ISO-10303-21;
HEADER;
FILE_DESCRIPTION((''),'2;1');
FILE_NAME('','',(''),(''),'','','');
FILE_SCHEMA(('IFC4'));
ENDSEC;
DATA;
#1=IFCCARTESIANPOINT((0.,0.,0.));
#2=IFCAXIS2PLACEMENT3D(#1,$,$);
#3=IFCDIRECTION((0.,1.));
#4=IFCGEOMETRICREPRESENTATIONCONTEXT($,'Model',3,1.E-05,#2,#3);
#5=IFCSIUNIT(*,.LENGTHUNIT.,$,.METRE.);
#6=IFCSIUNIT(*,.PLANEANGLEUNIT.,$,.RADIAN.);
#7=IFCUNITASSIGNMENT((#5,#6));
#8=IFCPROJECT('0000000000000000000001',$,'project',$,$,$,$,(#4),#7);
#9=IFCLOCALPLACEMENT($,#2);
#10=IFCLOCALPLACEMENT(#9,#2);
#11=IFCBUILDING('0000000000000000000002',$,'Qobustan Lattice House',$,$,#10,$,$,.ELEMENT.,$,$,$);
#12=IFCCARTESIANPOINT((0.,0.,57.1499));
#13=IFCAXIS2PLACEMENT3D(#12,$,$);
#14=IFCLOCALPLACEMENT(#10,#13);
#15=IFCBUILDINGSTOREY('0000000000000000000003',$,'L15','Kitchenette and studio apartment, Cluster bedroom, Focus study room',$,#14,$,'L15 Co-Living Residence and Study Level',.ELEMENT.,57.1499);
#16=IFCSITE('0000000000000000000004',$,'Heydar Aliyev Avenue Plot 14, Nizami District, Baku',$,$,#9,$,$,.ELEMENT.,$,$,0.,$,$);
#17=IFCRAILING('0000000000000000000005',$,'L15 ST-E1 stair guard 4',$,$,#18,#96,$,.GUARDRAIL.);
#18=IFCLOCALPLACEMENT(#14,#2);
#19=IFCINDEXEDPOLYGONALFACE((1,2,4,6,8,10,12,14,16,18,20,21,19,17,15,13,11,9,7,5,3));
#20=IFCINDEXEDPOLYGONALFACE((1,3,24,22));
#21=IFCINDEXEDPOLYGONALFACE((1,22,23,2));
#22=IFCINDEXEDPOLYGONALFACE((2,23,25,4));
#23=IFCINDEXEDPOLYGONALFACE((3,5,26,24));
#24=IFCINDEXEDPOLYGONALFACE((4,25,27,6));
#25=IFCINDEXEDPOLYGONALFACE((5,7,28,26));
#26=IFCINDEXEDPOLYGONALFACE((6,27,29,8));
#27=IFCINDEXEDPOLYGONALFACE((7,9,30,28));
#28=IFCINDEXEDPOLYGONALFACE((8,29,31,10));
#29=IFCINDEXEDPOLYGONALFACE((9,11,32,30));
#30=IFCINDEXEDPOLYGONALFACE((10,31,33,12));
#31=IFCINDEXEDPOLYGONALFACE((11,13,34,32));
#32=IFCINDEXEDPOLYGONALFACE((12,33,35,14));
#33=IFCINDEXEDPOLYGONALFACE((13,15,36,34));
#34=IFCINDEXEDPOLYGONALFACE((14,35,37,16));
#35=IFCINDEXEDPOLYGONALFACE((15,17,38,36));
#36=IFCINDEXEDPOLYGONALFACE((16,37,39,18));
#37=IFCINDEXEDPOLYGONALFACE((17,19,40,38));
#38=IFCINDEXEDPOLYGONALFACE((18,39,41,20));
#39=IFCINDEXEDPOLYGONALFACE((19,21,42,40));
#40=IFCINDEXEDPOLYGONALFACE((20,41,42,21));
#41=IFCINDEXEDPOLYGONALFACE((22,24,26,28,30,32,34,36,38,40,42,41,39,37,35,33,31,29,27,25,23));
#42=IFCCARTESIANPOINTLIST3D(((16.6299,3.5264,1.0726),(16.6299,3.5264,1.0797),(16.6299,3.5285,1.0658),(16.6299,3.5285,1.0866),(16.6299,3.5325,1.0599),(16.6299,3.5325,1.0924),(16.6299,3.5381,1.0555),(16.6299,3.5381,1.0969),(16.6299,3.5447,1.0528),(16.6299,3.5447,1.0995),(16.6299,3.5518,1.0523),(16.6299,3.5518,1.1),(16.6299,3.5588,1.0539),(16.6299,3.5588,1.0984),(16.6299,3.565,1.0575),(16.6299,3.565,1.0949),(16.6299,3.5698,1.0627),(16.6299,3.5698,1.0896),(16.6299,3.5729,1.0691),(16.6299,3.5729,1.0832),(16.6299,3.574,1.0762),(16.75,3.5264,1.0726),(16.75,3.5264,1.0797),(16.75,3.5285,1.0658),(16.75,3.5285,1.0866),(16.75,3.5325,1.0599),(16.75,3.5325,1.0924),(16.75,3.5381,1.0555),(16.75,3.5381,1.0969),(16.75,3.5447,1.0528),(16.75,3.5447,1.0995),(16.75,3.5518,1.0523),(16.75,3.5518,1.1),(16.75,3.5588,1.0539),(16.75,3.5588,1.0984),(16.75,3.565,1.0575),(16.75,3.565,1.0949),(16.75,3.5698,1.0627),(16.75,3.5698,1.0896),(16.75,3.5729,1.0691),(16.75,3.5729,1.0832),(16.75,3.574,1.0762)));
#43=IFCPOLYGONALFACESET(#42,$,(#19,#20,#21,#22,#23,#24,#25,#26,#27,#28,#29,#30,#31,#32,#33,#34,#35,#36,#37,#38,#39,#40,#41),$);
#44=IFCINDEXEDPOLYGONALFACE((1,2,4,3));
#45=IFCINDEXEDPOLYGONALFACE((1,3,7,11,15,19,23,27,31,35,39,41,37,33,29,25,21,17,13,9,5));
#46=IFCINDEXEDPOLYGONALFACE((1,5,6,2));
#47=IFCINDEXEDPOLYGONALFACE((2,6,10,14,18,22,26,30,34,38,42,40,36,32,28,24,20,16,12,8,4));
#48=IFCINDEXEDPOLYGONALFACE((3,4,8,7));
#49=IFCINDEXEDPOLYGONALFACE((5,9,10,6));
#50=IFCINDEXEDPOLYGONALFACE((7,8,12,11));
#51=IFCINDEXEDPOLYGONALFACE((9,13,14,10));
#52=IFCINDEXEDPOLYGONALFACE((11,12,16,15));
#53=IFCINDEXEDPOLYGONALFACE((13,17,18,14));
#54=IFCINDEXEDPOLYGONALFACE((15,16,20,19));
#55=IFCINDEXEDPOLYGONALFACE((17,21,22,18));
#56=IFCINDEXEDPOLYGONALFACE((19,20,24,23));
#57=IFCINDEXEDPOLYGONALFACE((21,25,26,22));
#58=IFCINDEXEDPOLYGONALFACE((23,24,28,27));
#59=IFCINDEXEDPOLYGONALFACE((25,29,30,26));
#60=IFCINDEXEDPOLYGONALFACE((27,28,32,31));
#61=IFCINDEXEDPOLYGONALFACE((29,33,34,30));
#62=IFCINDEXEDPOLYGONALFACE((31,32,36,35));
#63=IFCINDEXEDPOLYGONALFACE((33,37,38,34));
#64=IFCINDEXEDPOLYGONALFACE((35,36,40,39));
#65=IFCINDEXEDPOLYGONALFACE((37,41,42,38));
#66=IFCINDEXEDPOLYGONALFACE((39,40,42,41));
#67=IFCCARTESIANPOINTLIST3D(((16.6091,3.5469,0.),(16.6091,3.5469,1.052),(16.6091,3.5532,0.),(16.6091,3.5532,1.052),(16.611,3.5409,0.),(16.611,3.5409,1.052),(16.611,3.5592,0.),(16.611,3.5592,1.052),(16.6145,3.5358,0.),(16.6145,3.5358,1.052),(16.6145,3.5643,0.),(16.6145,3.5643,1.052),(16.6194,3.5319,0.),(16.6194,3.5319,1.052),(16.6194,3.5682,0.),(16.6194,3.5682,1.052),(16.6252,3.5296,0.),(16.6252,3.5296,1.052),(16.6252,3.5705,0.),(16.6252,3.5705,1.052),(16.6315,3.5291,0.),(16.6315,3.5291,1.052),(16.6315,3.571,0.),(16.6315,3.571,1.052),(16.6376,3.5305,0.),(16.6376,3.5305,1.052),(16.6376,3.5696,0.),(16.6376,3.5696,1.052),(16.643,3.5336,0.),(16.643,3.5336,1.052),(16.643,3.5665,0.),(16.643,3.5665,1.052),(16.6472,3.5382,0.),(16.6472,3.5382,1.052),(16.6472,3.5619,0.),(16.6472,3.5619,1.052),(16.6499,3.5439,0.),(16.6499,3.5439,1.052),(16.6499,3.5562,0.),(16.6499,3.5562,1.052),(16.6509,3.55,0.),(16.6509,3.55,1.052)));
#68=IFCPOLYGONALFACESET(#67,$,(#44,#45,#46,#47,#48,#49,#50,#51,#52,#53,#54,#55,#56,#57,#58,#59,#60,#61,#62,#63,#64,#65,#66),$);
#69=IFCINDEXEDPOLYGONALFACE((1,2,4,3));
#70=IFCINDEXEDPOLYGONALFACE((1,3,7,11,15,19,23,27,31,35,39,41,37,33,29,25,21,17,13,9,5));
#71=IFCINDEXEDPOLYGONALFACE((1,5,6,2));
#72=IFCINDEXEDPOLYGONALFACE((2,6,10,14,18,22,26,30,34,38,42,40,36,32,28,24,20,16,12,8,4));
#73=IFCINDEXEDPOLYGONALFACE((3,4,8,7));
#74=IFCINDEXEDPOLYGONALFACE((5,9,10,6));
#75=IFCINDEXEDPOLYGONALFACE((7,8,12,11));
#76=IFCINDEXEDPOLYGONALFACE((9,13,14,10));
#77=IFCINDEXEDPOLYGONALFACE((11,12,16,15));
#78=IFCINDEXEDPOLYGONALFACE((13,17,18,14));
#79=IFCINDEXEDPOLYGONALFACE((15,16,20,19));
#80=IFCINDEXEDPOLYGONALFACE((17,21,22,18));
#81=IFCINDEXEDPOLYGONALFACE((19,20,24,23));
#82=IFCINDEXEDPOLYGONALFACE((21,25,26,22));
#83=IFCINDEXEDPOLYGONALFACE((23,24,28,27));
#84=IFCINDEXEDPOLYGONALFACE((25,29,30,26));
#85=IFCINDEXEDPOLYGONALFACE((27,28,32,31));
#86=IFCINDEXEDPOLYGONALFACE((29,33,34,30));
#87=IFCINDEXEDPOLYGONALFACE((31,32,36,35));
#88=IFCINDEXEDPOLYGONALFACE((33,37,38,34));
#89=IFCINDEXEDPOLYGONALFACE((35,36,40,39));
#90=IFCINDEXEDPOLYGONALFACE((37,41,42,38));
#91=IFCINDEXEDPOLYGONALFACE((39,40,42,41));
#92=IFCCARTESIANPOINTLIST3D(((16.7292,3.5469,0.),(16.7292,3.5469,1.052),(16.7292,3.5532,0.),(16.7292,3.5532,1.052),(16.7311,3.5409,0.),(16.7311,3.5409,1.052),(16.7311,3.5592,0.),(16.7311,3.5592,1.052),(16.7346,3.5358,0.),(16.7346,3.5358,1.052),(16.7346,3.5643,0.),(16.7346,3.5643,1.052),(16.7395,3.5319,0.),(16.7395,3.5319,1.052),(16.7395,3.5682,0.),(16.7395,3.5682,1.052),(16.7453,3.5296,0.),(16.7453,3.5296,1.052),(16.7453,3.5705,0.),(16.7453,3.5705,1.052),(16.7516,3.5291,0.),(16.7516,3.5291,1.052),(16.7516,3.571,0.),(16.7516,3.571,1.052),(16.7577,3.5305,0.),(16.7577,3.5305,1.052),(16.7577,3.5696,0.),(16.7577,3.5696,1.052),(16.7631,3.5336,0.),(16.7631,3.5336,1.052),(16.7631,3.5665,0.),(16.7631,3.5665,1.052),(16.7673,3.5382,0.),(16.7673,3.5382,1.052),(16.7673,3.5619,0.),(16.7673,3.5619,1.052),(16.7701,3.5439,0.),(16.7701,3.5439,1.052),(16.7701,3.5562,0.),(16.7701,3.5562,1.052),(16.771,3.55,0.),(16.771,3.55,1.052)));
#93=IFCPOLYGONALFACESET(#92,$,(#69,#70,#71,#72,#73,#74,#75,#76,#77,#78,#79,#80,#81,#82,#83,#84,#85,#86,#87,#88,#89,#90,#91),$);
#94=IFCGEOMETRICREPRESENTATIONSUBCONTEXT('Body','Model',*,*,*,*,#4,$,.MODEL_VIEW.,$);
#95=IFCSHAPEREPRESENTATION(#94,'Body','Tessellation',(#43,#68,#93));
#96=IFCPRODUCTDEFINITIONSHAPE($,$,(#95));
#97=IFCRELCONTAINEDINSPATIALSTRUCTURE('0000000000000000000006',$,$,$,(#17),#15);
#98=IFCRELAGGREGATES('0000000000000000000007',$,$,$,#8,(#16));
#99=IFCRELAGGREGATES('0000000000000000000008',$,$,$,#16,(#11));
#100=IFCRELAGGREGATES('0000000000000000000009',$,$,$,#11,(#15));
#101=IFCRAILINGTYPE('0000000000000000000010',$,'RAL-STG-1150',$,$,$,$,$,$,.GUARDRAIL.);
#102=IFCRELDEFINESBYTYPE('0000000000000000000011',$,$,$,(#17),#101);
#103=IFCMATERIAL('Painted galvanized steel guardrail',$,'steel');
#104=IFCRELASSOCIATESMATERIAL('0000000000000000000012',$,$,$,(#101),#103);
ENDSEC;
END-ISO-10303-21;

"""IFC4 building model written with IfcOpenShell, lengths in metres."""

from ifc_helpers import new_model, si_unit, direction, frame, origin, origin_2d, place, context, subcontext, project, spatial, circle, extrude, material, type_object, element, save


model = new_model("IFC4")

# Units and contexts
model_context = context("Model", 3, precision=1e-05, world=origin(), true_north=direction((0.0, 1.0)))
body_context = subcontext(model_context, "Body", "Model", "MODEL_VIEW")
ifc_project = project(units=[si_unit("LENGTHUNIT", "METRE"), si_unit("PLANEANGLEUNIT", "RADIAN")], contexts=[model_context])

# Site, building, storey
site_placement = place(None, origin())
site = spatial("IfcSite", under=ifc_project, at=site_placement, Name="Heydar Aliyev Avenue Plot 14, Nizami District, Baku", CompositionType="ELEMENT", RefElevation=0.0)
building_placement = place(site_placement, origin())
building = spatial("IfcBuilding", under=site, at=building_placement, Name="Qobustan Lattice House", CompositionType="ELEMENT")
storey_placement = place(building_placement, frame((0.0, 0.0, 57.1499)))
storey = spatial("IfcBuildingStorey", under=building, at=storey_placement, Name="L15", Description="Kitchenette and studio apartment, Cluster bedroom, Focus study room", LongName="L15 Co-Living Residence and Study Level", CompositionType="ELEMENT", Elevation=57.1499)

# Railing
ifc_material_1 = material(Name="Painted galvanized steel guardrail", Category="steel")
railing_type_1 = type_object("IfcRailingType", Name="RAL-STG-1150", PredefinedType="GUARDRAIL", material=ifc_material_1)
railing_1_placement = place(storey_placement, frame((16.6299, 3.55, 0.0)))
element("IfcRailing", 1, at=railing_1_placement, inside=storey, type_object=railing_type_1, Name="L15 ST-E1 stair guard 4", PredefinedType="GUARDRAIL", context=body_context, shape_type="SweptSolid", body=[
    extrude(circle(Radius=0.0239, at=origin_2d()), frame((0.0, 0.0, 1.0762), z_axis=(1.0, 0.0, 0.0), x_axis=(0.0, 1.0, 0.0)), (0.0, 0.0, 1.0), 0.1201),
    extrude(circle(Radius=0.021, at=origin_2d()), origin(), (0.0, 0.0, 1.0), 1.052),
    extrude(circle(Radius=0.021, at=origin_2d()), frame((0.1201, 0.0, 0.0)), (0.0, 0.0, 1.0), 1.052),
])

save(model, "model.ifc")
